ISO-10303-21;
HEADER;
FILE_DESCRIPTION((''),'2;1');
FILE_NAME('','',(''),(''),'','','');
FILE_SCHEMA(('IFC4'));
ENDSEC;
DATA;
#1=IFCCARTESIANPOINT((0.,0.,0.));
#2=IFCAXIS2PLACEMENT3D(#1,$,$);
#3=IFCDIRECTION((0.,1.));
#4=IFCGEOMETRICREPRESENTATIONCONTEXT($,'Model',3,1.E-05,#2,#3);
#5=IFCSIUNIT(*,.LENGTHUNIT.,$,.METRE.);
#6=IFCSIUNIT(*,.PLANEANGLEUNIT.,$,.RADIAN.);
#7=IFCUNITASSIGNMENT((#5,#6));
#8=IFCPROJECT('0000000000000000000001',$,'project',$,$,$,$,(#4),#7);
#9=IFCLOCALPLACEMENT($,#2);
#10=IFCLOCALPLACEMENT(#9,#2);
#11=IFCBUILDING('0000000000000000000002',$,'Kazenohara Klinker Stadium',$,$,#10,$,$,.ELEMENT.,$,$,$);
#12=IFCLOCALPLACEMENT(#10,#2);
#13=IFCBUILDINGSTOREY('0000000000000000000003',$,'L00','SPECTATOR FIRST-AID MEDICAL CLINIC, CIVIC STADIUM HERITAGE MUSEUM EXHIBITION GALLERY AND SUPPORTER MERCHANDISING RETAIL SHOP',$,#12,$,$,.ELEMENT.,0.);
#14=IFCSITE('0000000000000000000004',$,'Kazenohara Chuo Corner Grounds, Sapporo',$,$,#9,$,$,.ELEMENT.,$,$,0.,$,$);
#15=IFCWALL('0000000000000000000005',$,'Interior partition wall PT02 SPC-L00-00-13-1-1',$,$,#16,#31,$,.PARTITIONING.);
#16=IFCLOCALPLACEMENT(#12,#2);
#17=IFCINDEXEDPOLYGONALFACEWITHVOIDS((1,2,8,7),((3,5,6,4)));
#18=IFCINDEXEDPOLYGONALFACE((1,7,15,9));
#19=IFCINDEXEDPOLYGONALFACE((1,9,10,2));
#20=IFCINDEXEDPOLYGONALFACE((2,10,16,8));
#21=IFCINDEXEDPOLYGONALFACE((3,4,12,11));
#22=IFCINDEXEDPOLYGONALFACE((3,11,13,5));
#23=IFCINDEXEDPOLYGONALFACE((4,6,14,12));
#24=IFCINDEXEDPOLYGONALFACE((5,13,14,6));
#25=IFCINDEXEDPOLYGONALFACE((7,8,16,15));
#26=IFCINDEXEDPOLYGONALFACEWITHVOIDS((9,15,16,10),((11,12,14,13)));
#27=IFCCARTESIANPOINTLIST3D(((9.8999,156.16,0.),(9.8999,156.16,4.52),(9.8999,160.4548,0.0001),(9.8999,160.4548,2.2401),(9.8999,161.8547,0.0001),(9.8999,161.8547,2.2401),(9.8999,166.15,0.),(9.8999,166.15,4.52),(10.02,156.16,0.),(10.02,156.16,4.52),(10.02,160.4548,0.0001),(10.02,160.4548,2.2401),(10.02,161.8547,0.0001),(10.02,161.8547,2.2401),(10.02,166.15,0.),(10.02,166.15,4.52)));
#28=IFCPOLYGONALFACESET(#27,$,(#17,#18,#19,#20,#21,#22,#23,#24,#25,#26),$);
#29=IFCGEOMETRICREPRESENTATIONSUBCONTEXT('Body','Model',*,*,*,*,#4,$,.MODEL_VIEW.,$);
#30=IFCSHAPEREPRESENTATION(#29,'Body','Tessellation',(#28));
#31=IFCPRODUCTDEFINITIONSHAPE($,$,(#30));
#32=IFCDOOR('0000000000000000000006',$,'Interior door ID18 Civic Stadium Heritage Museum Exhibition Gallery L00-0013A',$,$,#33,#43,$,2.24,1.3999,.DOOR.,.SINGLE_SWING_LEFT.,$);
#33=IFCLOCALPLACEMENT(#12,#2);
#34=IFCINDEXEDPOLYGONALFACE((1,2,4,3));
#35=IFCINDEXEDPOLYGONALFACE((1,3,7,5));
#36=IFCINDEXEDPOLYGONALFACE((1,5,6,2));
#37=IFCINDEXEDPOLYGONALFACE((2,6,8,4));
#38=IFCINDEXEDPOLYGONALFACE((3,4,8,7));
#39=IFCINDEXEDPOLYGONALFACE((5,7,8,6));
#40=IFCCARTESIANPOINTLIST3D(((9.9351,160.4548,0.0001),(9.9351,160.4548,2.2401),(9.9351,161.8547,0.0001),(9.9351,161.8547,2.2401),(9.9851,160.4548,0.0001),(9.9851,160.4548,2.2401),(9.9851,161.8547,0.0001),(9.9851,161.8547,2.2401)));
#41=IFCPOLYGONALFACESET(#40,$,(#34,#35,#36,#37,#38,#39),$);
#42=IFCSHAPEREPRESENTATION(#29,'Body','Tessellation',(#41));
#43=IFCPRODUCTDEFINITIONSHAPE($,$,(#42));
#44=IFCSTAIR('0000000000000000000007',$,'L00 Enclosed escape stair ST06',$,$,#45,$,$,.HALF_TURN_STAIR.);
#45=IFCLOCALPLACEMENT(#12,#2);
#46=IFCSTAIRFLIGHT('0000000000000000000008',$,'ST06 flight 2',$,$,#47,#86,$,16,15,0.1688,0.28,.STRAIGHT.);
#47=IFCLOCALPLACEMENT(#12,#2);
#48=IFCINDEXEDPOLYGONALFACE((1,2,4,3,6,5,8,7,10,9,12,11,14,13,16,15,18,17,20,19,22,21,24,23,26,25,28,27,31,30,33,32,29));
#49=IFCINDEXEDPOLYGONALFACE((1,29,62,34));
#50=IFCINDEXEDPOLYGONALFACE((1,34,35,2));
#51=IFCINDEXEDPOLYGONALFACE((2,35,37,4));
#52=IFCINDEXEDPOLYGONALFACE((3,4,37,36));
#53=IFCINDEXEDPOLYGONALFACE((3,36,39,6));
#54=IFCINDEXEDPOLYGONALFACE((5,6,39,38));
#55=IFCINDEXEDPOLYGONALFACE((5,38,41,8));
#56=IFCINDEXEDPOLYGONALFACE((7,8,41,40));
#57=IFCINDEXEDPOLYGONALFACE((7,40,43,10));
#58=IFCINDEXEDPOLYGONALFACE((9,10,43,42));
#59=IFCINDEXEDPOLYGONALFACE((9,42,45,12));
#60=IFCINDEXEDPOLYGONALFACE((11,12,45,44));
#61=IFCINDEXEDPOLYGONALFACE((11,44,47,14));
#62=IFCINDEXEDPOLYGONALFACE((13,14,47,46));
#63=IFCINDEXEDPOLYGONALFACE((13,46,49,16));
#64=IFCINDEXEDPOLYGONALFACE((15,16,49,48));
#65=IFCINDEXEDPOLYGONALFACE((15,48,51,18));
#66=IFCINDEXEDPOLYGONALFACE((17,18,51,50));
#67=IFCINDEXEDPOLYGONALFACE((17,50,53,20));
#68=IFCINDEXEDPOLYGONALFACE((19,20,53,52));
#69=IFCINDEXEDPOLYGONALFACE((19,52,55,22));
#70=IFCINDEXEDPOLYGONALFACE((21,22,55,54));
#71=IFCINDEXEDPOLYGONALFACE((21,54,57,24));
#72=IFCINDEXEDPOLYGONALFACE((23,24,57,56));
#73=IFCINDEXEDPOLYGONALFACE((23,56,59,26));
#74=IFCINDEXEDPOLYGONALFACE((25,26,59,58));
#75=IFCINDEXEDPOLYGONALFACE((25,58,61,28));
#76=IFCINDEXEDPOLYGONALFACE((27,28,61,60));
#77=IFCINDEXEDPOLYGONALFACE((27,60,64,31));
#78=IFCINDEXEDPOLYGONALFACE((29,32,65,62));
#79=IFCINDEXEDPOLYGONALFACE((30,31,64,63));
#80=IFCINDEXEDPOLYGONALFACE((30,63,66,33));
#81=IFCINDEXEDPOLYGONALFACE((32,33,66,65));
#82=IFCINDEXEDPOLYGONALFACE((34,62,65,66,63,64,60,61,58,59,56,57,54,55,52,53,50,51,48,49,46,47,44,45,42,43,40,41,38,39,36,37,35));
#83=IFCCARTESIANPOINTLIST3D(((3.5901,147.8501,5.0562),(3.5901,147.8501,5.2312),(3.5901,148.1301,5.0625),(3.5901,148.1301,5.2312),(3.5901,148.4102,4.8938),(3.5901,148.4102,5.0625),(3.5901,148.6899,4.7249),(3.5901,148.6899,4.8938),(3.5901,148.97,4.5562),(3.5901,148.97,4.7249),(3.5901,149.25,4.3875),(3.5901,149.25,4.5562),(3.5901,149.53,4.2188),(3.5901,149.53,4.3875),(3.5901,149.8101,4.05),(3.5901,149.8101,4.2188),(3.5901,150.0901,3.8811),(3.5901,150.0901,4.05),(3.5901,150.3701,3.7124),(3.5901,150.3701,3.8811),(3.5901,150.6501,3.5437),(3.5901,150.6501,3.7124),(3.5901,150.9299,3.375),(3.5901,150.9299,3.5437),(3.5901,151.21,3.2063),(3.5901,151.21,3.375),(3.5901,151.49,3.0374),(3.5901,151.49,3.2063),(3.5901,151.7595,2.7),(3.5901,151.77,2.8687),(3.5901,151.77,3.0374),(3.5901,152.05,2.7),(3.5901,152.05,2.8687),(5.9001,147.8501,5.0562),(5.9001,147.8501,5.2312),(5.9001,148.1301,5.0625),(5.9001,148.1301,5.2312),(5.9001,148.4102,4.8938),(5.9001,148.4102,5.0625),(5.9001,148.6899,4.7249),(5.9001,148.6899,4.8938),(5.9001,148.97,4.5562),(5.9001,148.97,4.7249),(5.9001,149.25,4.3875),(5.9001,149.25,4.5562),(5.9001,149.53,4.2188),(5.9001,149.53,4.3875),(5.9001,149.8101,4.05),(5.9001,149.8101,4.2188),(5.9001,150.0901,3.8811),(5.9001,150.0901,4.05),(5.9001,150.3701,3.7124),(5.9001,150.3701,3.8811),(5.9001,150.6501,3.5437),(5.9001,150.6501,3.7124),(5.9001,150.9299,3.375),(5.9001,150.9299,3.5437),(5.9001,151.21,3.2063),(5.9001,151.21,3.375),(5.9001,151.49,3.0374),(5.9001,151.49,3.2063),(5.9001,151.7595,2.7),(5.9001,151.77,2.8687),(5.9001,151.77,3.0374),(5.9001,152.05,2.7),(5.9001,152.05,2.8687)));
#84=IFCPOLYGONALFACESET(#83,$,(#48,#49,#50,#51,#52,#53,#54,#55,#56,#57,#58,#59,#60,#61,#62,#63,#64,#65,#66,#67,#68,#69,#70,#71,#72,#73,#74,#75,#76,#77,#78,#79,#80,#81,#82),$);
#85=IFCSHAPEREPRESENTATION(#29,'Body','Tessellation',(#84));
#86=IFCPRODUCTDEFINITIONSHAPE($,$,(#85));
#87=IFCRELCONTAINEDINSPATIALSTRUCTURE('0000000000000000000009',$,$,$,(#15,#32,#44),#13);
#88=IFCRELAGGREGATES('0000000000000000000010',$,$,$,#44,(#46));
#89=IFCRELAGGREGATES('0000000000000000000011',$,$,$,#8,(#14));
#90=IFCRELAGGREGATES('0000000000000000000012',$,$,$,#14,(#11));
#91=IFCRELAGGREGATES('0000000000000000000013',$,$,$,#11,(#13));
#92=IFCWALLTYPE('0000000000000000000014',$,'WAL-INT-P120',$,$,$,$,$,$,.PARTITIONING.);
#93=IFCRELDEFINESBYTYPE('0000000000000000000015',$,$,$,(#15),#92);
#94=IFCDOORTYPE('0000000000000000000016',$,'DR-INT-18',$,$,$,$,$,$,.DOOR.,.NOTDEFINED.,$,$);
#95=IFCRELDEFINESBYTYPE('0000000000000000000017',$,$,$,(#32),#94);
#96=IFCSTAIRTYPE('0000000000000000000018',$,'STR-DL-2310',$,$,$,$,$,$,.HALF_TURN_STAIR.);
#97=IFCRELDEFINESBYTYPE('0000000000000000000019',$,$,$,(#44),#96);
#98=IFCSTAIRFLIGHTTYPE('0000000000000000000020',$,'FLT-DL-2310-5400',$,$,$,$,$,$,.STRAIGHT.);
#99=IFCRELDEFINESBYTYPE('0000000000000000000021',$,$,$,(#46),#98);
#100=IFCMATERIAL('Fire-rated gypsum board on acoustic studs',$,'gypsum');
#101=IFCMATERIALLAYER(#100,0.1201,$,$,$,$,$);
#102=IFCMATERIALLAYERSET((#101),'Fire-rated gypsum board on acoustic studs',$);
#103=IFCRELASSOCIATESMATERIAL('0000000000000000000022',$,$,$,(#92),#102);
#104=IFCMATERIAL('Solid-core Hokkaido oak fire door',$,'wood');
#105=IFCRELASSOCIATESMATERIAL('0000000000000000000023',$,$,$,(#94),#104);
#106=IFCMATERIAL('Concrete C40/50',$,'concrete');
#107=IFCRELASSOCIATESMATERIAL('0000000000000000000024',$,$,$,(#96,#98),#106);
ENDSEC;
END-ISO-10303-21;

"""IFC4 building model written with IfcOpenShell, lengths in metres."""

from ifc_helpers import new_model, si_unit, direction, frame, frame_2d, origin, place, context, subcontext, project, spatial, polyline, rectangle, outline, extrude, material, layer, layer_set, type_object, element, fill, aggregate, save


model = new_model("IFC4")

# Units and contexts
model_context = context("Model", 3, precision=1e-05, world=origin(), true_north=direction((0.0, 1.0)))
body_context = subcontext(model_context, "Body", "Model", "MODEL_VIEW")
ifc_project = project(units=[si_unit("LENGTHUNIT", "METRE"), si_unit("PLANEANGLEUNIT", "RADIAN")], contexts=[model_context])

# Site, building, storey
site_placement = place(None, origin())
site = spatial("IfcSite", under=ifc_project, at=site_placement, Name="Kazenohara Chuo Corner Grounds, Sapporo", CompositionType="ELEMENT", RefElevation=0.0)
building_placement = place(site_placement, origin())
building = spatial("IfcBuilding", under=site, at=building_placement, Name="Kazenohara Klinker Stadium", CompositionType="ELEMENT")
storey_placement = place(building_placement, origin())
storey = spatial("IfcBuildingStorey", under=building, at=storey_placement, Name="L00", Description="SPECTATOR FIRST-AID MEDICAL CLINIC, CIVIC STADIUM HERITAGE MUSEUM EXHIBITION GALLERY AND SUPPORTER MERCHANDISING RETAIL SHOP", CompositionType="ELEMENT", Elevation=0.0)

# Shared definitions
ifc_material_1 = material(Name="Concrete C40/50", Category="concrete")

# Wall, opening, door
ifc_material_2 = material(Name="Fire-rated gypsum board on acoustic studs", Category="gypsum")
ifc_layer_1 = layer(ifc_material_2, 0.1201)
ifc_layer_set_1 = layer_set([ifc_layer_1], Name="Fire-rated gypsum board on acoustic studs")
wall_type_1 = type_object("IfcWallType", Name="WAL-INT-P120", PredefinedType="PARTITIONING", material=ifc_layer_set_1)
wall_1_placement = place(storey_placement, frame((9.96, 156.1599, 0.0), z_axis=(0.0, 0.0, 1.0), x_axis=(0.0, 1.0, 0.0)))
wall_1 = element("IfcWall", 1, at=wall_1_placement, inside=storey, type_object=wall_type_1, Name="Interior partition wall PT02 SPC-L00-00-13-1-1", PredefinedType="PARTITIONING", context=body_context, shape_type="SweptSolid", body=[
    extrude(rectangle(XDim=9.99, YDim=0.1201, at=frame_2d((4.9951, 0.0))), origin(), (0.0, 0.0, 1.0), 4.52),
])
opening_1_placement = place(wall_1_placement, frame((4.2949, 0.0, 0.0)))
opening_1 = element("IfcOpeningElement", 2, at=opening_1_placement, cuts=wall_1, PredefinedType="OPENING", context=body_context, shape_type="SweptSolid", body=[
    extrude(rectangle(XDim=1.3999, YDim=2.24, at=frame_2d((0.7, 1.1201))), frame((0.0, 0.0701, 0.0), z_axis=(0.0, -1.0, 0.0), x_axis=(1.0, 0.0, 0.0)), (0.0, 0.0, 1.0), 0.1401),
])
ifc_material_3 = material(Name="Solid-core Hokkaido oak fire door", Category="wood")
door_type_1 = type_object("IfcDoorType", Name="DR-INT-18", OperationType="NOTDEFINED", PredefinedType="DOOR", material=ifc_material_3)
door_1_placement = place(opening_1_placement, origin())
door_1 = element("IfcDoor", 3, at=door_1_placement, inside=storey, type_object=door_type_1, Name="Interior door ID18 Civic Stadium Heritage Museum Exhibition Gallery L00-0013A", OperationType="SINGLE_SWING_LEFT", OverallHeight=2.24, OverallWidth=1.3999, PredefinedType="DOOR", context=body_context, shape_type="SweptSolid", body=[
    extrude(rectangle(XDim=1.3999, YDim=2.24, at=frame_2d((0.7, 1.1201))), frame((0.0, 0.0249, 0.0), z_axis=(0.0, -1.0, 0.0), x_axis=(1.0, 0.0, 0.0)), (0.0, 0.0, 1.0), 0.05),
])
fill(opening_1, door_1)

# Stair, stair flight
stair_type = type_object("IfcStairType", Name="STR-DL-2310", PredefinedType="HALF_TURN_STAIR", material=ifc_material_1)
stair_placement = place(storey_placement, origin())
stair = element("IfcStair", 4, at=stair_placement, inside=storey, type_object=stair_type, Name="L00 Enclosed escape stair ST06", PredefinedType="HALF_TURN_STAIR")
stair_flight_type = type_object("IfcStairFlightType", Name="FLT-DL-2310-5400", PredefinedType="STRAIGHT", material=ifc_material_1)
stair_flight_placement = place(storey_placement, frame((4.7451, 152.05, 2.7), z_axis=(0.0, 0.0, 1.0), x_axis=(0.0, -1.0, 0.0)))
stair_flight = element("IfcStairFlight", 5, at=stair_flight_placement, type_object=stair_flight_type, Name="ST06 flight 2", NumberOfRisers=16, NumberOfTreads=15, PredefinedType="STRAIGHT", RiserHeight=0.1688, TreadLength=0.28, context=body_context, shape_type="SweptSolid", body=[
    extrude(outline(polyline([(0.0, 0.0), (0.0, 0.1687), (0.28, 0.1687), (0.28, 0.3374), (0.5601, 0.3374), (0.5601, 0.5063), (0.8401, 0.5063), (0.8401, 0.675), (1.1201, 0.675), (1.1201, 0.8438), (1.3999, 0.8438), (1.3999, 1.0125), (1.6799, 1.0125), (1.6799, 1.1812), (1.96, 1.1812), (1.96, 1.3501), (2.24, 1.3501), (2.24, 1.5188), (2.52, 1.5188), (2.52, 1.6875), (2.8, 1.6875), (2.8, 1.8562), (3.0801, 1.8562), (3.0801, 2.0249), (3.3601, 2.0249), (3.3601, 2.1938), (3.6399, 2.1938), (3.6399, 2.3625), (3.9199, 2.3625), (3.9199, 2.5312), (4.2, 2.5312), (4.2, 2.7), (4.2, 2.3562), (0.2905, 0.0), (0.0, 0.0)])), frame((0.0, 1.155, 0.0), z_axis=(0.0, -1.0, 0.0), x_axis=(1.0, 0.0, 0.0)), (0.0, 0.0, 1.0), 2.3101),
])
aggregate(stair, [stair_flight])

save(model, "model.ifc")
